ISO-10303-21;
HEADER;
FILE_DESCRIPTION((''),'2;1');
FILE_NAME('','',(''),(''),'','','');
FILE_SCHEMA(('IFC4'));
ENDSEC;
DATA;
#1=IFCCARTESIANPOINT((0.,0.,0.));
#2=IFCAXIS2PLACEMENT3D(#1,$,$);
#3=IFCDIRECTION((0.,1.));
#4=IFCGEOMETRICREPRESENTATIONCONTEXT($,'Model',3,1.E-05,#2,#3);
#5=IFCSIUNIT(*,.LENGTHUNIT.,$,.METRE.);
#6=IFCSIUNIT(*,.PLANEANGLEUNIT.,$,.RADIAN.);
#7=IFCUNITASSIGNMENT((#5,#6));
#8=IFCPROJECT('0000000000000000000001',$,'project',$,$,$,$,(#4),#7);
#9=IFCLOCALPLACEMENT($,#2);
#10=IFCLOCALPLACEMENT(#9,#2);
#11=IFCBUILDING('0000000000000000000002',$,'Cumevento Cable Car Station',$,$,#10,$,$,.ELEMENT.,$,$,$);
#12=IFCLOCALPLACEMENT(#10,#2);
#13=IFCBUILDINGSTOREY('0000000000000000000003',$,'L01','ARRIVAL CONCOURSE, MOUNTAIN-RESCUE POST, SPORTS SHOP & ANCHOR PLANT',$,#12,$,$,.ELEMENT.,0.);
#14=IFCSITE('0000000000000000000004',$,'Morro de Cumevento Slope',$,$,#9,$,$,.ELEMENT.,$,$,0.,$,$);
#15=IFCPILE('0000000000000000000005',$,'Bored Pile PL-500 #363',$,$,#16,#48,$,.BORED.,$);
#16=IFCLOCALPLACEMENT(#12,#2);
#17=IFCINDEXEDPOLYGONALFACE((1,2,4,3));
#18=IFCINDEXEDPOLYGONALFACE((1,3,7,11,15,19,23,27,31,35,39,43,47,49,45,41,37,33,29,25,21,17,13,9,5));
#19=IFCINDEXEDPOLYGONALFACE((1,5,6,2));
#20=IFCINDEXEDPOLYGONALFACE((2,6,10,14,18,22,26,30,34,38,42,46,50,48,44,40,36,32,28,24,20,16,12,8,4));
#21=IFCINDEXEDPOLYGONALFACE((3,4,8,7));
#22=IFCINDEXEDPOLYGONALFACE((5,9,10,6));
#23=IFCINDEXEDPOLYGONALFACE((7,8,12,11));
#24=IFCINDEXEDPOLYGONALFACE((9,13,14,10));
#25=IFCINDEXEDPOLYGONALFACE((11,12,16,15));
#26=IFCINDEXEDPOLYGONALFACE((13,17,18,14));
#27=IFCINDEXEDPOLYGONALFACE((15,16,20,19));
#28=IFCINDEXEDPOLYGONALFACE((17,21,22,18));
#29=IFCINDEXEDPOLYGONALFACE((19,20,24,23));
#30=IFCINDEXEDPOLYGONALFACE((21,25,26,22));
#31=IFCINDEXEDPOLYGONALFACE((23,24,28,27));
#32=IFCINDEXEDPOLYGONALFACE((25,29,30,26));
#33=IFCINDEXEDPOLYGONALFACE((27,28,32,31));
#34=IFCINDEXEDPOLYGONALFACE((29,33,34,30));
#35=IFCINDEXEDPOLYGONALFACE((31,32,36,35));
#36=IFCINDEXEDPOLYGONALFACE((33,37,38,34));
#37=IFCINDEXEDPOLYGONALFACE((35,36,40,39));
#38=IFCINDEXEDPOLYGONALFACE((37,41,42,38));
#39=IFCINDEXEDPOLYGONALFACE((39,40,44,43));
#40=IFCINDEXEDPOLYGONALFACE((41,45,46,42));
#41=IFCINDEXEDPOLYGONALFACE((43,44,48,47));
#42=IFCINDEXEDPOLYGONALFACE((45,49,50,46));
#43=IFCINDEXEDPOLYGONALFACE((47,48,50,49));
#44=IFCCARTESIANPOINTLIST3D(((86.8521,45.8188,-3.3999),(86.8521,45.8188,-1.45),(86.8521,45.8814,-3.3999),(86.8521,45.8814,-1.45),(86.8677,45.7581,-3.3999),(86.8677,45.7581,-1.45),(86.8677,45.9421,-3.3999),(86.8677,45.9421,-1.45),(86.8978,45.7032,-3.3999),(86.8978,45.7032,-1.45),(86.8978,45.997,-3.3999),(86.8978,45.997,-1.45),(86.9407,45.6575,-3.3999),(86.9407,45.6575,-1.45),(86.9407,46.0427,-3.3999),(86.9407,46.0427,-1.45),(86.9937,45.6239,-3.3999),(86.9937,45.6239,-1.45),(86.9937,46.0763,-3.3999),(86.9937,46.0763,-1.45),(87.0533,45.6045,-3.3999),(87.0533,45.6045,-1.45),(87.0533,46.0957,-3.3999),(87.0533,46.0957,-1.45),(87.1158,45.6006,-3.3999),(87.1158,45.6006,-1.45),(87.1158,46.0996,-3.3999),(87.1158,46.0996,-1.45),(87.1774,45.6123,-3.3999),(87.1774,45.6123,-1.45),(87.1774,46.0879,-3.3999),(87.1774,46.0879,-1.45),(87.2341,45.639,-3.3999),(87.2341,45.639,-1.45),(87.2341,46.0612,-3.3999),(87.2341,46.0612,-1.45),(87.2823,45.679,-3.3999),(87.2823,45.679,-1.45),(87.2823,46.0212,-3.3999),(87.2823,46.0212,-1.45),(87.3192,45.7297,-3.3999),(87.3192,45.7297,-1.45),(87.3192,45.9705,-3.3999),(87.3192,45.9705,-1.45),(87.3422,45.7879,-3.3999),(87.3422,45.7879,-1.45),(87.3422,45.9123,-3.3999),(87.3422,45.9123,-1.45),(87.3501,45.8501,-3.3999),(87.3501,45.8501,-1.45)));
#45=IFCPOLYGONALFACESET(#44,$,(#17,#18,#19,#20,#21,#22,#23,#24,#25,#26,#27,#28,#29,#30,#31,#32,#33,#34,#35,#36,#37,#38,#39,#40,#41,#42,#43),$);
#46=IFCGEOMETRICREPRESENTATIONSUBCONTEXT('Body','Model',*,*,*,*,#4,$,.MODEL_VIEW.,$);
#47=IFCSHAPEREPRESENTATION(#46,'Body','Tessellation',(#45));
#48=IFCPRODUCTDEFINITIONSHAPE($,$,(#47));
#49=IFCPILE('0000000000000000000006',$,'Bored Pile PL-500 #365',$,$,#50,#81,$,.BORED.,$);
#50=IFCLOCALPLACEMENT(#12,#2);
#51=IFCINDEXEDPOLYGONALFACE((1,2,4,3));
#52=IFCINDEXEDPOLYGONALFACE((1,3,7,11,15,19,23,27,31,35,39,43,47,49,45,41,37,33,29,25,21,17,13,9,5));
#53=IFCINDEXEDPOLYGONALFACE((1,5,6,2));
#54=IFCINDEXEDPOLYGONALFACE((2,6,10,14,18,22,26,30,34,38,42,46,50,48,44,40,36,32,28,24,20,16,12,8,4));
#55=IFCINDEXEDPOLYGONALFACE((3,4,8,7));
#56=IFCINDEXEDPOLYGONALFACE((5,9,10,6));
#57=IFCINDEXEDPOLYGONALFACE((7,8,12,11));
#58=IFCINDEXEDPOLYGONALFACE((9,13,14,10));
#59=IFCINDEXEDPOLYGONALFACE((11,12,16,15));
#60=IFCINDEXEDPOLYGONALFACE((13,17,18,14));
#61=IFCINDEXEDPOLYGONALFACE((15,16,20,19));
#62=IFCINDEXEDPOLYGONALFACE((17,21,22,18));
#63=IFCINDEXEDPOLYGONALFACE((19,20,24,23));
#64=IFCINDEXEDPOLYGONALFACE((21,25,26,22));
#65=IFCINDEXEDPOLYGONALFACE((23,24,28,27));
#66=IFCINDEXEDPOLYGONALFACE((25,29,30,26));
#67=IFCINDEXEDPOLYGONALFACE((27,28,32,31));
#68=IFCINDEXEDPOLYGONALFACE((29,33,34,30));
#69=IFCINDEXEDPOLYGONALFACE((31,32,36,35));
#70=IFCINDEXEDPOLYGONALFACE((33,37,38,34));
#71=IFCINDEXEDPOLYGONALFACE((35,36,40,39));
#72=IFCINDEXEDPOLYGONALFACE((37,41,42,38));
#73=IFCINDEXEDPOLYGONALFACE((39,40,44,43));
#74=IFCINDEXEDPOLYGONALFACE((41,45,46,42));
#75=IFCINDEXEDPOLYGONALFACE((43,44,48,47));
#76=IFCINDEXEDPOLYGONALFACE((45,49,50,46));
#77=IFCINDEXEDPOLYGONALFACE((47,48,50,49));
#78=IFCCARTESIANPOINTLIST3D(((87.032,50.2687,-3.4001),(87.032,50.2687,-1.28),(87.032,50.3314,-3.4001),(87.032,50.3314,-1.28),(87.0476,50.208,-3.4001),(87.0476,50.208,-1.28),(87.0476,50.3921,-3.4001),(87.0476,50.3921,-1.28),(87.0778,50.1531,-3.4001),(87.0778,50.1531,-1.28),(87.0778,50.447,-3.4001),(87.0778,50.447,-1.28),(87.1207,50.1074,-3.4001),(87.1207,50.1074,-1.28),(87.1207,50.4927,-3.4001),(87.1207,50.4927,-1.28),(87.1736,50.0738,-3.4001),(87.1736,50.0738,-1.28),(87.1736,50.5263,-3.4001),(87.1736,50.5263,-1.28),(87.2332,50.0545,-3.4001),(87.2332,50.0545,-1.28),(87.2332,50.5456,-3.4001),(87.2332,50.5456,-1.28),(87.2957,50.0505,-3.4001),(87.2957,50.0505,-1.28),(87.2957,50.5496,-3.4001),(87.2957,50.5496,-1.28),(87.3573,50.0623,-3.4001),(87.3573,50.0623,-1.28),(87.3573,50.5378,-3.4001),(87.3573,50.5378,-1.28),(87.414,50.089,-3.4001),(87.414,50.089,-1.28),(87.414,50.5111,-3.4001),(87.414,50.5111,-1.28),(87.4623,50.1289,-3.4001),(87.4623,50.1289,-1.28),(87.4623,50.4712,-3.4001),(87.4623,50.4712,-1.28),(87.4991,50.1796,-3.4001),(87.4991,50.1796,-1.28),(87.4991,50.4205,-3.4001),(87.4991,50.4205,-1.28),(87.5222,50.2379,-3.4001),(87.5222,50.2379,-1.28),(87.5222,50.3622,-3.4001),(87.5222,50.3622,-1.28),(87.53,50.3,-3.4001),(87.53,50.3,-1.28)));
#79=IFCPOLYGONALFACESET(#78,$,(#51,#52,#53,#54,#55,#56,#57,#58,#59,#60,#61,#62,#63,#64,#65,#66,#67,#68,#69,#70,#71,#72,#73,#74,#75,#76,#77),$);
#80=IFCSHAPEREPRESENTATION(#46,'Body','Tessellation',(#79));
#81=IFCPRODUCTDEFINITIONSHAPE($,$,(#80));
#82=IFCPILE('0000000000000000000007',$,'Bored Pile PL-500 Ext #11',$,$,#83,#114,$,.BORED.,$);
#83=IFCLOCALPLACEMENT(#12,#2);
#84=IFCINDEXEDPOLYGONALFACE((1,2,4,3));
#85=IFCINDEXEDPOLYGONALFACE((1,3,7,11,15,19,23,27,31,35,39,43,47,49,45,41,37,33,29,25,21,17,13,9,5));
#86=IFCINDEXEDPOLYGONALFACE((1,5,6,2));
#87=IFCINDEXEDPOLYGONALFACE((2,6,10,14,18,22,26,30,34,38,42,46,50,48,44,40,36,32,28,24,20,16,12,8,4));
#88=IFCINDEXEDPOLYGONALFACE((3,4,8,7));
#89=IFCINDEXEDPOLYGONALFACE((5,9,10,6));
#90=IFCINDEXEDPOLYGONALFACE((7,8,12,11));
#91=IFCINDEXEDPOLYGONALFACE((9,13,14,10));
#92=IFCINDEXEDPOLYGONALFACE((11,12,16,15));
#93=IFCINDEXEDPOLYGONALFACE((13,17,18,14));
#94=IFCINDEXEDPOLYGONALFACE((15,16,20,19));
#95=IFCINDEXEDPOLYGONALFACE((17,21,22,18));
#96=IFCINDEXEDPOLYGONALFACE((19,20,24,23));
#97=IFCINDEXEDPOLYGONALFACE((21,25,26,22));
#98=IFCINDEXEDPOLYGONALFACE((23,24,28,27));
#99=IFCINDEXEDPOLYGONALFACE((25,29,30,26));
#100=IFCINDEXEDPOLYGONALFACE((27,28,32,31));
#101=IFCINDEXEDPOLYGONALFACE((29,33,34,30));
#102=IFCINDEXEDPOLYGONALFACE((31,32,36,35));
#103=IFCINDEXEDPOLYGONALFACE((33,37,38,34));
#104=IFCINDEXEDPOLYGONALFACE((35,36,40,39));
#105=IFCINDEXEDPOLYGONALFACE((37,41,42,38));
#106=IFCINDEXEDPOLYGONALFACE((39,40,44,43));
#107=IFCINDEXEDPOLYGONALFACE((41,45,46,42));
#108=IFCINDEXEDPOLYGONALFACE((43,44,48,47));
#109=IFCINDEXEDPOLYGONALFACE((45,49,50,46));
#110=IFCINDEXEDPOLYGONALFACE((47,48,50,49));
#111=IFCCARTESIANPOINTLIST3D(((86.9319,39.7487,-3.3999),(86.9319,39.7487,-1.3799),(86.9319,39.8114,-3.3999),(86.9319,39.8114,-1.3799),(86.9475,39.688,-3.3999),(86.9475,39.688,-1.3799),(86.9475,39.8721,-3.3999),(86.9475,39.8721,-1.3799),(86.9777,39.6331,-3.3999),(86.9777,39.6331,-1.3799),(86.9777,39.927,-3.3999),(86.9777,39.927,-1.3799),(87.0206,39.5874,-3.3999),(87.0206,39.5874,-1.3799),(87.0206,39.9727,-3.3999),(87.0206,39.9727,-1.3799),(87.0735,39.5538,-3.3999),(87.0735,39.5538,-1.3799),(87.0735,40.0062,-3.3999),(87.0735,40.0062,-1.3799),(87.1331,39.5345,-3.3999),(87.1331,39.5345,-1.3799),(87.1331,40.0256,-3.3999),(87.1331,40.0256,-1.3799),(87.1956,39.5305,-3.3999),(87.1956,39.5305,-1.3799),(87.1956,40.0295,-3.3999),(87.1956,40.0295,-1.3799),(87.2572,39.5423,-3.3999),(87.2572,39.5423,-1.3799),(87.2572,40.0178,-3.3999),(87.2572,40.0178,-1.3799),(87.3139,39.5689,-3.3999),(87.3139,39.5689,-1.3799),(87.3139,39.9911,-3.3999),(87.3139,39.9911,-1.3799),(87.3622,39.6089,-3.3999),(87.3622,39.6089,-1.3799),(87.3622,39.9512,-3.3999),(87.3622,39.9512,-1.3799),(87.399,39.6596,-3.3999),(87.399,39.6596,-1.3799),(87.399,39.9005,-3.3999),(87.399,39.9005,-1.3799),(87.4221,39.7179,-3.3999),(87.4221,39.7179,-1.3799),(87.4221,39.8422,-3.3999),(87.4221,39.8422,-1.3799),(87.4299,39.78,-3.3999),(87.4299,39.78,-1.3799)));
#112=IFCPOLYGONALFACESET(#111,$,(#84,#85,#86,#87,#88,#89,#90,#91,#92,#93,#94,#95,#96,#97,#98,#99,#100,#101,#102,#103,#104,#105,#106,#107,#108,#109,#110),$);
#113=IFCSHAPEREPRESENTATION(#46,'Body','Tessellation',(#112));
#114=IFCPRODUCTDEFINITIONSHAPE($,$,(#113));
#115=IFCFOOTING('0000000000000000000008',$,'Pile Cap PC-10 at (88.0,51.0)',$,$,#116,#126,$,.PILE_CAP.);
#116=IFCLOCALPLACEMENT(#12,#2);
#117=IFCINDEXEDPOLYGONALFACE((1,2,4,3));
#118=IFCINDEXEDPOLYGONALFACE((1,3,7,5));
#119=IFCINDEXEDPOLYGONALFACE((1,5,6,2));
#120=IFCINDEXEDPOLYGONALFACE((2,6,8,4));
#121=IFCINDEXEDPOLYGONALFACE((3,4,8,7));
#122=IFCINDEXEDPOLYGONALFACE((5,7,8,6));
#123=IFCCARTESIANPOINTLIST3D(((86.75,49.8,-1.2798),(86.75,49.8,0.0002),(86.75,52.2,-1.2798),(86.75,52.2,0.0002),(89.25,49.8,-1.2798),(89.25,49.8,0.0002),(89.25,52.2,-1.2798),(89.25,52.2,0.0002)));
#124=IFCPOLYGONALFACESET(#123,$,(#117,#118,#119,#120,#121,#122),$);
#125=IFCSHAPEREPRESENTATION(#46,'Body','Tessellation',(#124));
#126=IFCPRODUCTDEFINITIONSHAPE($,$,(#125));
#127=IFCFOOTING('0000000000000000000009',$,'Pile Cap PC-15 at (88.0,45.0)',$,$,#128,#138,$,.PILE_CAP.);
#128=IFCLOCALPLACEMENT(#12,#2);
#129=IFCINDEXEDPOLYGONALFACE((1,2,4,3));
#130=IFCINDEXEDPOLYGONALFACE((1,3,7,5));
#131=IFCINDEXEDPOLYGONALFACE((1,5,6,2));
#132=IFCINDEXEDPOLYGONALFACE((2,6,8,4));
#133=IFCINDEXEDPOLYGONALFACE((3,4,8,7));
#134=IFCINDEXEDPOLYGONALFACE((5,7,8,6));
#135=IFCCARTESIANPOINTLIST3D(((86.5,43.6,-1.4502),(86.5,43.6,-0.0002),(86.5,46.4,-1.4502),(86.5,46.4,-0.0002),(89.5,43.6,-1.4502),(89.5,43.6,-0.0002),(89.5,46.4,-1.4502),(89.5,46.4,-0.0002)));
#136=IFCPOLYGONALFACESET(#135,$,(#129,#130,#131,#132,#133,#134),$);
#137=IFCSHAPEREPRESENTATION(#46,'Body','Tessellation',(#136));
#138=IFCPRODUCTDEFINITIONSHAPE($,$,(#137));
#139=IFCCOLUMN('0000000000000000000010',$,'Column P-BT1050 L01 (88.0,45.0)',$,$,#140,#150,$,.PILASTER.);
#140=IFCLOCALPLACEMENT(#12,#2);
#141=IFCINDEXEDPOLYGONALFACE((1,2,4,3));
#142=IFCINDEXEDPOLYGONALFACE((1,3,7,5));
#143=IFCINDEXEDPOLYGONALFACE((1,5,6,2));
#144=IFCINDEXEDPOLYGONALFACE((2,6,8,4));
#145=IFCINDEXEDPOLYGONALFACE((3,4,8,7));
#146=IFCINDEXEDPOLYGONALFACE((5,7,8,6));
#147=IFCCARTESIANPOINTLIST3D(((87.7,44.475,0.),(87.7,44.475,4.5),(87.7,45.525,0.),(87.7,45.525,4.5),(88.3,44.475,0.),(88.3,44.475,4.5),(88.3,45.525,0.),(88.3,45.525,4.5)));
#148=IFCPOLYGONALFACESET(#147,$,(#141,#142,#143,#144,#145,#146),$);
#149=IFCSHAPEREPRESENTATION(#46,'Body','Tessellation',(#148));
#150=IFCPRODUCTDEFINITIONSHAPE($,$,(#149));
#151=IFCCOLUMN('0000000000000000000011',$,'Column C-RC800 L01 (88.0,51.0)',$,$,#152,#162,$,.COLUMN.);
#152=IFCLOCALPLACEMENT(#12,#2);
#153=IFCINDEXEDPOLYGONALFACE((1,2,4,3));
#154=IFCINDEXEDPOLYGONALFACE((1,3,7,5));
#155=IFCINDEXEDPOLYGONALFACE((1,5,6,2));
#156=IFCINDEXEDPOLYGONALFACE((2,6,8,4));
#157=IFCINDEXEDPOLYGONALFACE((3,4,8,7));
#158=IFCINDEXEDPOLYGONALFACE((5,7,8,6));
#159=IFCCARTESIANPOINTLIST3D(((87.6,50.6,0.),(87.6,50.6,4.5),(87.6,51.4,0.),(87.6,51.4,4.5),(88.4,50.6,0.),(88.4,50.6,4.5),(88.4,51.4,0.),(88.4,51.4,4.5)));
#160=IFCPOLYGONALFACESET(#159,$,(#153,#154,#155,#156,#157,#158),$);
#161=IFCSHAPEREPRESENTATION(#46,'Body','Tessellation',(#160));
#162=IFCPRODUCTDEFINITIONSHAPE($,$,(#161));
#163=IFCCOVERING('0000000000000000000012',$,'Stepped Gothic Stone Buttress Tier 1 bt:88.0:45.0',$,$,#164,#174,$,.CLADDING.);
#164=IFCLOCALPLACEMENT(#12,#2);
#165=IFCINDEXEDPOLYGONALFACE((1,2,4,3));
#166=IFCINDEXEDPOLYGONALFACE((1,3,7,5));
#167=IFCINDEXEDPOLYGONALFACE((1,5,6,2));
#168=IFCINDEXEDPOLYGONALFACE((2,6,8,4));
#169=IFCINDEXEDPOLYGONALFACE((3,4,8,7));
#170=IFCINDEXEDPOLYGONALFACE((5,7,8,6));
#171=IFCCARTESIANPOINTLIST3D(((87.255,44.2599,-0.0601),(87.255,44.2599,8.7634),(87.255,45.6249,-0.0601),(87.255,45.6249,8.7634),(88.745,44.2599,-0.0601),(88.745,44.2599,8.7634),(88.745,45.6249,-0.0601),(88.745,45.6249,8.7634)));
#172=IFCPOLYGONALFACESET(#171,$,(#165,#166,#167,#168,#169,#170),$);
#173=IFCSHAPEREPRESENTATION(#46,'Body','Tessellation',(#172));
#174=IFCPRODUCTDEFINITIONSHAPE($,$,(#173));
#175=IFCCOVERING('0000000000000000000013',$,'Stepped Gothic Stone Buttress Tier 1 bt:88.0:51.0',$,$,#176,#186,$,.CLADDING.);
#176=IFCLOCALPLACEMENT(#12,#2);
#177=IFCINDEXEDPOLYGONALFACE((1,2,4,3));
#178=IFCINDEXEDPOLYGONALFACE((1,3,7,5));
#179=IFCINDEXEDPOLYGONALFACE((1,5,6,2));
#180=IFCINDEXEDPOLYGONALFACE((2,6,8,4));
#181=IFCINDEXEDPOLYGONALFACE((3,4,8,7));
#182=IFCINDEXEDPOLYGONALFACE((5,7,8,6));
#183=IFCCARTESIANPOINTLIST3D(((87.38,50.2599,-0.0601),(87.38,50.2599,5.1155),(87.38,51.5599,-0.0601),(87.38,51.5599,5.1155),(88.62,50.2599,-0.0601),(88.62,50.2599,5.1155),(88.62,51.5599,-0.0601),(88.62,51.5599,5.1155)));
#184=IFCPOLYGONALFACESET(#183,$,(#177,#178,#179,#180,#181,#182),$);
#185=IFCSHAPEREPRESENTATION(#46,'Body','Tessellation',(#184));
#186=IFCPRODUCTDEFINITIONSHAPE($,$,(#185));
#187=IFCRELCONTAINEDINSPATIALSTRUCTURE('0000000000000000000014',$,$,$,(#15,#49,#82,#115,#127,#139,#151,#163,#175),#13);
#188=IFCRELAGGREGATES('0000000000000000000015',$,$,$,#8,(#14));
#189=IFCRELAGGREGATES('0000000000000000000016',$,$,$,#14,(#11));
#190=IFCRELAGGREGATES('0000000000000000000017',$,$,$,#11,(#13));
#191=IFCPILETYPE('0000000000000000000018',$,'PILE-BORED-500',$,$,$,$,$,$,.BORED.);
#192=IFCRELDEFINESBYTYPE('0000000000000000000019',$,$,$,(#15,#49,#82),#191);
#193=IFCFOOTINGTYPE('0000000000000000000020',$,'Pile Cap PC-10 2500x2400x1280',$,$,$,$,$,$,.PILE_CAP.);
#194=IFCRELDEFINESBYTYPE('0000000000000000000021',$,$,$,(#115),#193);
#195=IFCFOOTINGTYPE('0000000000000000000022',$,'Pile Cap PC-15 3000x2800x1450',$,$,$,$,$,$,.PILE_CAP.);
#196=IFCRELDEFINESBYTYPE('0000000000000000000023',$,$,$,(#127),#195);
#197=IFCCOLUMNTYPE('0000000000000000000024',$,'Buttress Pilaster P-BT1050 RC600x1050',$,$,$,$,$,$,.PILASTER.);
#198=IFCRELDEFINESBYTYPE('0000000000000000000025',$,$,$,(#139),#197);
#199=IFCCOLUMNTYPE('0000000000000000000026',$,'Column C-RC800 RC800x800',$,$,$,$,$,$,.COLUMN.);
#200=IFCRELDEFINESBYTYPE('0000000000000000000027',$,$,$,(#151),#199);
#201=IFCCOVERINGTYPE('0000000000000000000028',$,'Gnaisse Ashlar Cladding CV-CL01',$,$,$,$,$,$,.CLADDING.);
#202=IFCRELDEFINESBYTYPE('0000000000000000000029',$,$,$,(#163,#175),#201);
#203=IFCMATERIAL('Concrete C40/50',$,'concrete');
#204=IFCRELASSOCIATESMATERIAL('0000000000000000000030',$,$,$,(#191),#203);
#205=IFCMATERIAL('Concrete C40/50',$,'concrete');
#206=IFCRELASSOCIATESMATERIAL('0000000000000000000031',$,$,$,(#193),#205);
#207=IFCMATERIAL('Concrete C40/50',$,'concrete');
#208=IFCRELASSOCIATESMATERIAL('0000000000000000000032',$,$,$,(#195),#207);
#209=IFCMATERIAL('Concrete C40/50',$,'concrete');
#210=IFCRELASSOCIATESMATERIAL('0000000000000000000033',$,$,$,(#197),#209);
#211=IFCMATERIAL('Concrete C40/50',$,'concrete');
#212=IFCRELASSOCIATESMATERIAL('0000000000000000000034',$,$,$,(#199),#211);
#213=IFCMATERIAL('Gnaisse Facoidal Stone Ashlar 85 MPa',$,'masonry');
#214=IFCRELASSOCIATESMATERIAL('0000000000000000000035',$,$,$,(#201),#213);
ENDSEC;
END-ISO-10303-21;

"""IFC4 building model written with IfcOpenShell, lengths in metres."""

from ifc_helpers import new_model, si_unit, direction, frame, origin, origin_2d, place, context, subcontext, project, spatial, rectangle, circle, extrude, material, material_profile, profile_set, type_object, element, save


model = new_model("IFC4")

# Units and contexts
model_context = context("Model", 3, precision=1e-05, world=origin(), true_north=direction((0.0, 1.0)))
body_context = subcontext(model_context, "Body", "Model", "MODEL_VIEW")
ifc_project = project(units=[si_unit("LENGTHUNIT", "METRE"), si_unit("PLANEANGLEUNIT", "RADIAN")], contexts=[model_context])

# Site, building, storey
site_placement = place(None, origin())
site = spatial("IfcSite", under=ifc_project, at=site_placement, Name="Morro de Cumevento Slope", CompositionType="ELEMENT", RefElevation=0.0)
building_placement = place(site_placement, origin())
building = spatial("IfcBuilding", under=site, at=building_placement, Name="Cumevento Cable Car Station", CompositionType="ELEMENT")
storey_placement = place(building_placement, origin())
storey = spatial("IfcBuildingStorey", under=building, at=storey_placement, Name="L01", Description="ARRIVAL CONCOURSE, MOUNTAIN-RESCUE POST, SPORTS SHOP & ANCHOR PLANT", CompositionType="ELEMENT", Elevation=0.0)

# Piles
ifc_material_1 = material(Name="Concrete C40/50", Category="concrete")
ifc_material_profile_1 = material_profile(ifc_material_1, circle(Radius=0.25, at=origin_2d()), Name="PILE-D500")
ifc_profile_set_1 = profile_set([ifc_material_profile_1], Name="Concrete C40/50")
pile_type_1 = type_object("IfcPileType", Name="PILE-BORED-500", PredefinedType="BORED", material=ifc_profile_set_1)
for number, where, z_axis, x_axis, name in (
    (1, (87.1001, 45.8501, -1.45), (0.0, 0.0, -1.0), (1.0, 0.0, 0.0), "Bored Pile PL-500 #363"),
):
    element("IfcPile", number, at=place(storey_placement, frame(where, z_axis=z_axis, x_axis=x_axis)), inside=storey, type_object=pile_type_1, Name=name, PredefinedType="BORED", context=body_context, shape_type="SweptSolid", body=[
        extrude(circle(Radius=0.25, at=origin_2d()), origin(), (0.0, 0.0, 1.0), 1.95),
    ])
pile_1_placement = place(storey_placement, frame((87.28, 50.3, -1.28), z_axis=(0.0, 0.0, -1.0), x_axis=(1.0, 0.0, 0.0)))
element("IfcPile", 2, at=pile_1_placement, inside=storey, type_object=pile_type_1, Name="Bored Pile PL-500 #365", PredefinedType="BORED", context=body_context, shape_type="SweptSolid", body=[
    extrude(circle(Radius=0.25, at=origin_2d()), origin(), (0.0, 0.0, 1.0), 2.1201),
])
pile_2_placement = place(storey_placement, frame((87.1799, 39.78, -1.3799), z_axis=(0.0, 0.0, -1.0), x_axis=(1.0, 0.0, 0.0)))
element("IfcPile", 3, at=pile_2_placement, inside=storey, type_object=pile_type_1, Name="Bored Pile PL-500 Ext #11", PredefinedType="BORED", context=body_context, shape_type="SweptSolid", body=[
    extrude(circle(Radius=0.25, at=origin_2d()), origin(), (0.0, 0.0, 1.0), 2.02),
])

# Footings
ifc_material_2 = material(Name="Concrete C40/50", Category="concrete")
footing_type_1 = type_object("IfcFootingType", Name="Pile Cap PC-10 2500x2400x1280", PredefinedType="PILE_CAP", material=ifc_material_2)
footing_1_placement = place(storey_placement, frame((88.0, 51.0, -1.2798), z_axis=(0.0, 0.0, 1.0), x_axis=(1.0, 0.0, 0.0)))
element("IfcFooting", 4, at=footing_1_placement, inside=storey, type_object=footing_type_1, Name="Pile Cap PC-10 at (88.0,51.0)", PredefinedType="PILE_CAP", context=body_context, shape_type="SweptSolid", body=[
    extrude(rectangle(XDim=2.5, YDim=2.3999, at=origin_2d()), origin(), (0.0, 0.0, 1.0), 1.28),
])
ifc_material_3 = material(Name="Concrete C40/50", Category="concrete")
footing_type_2 = type_object("IfcFootingType", Name="Pile Cap PC-15 3000x2800x1450", PredefinedType="PILE_CAP", material=ifc_material_3)
footing_2_placement = place(storey_placement, frame((88.0, 45.0, -1.4502), z_axis=(0.0, 0.0, 1.0), x_axis=(1.0, 0.0, 0.0)))
element("IfcFooting", 5, at=footing_2_placement, inside=storey, type_object=footing_type_2, Name="Pile Cap PC-15 at (88.0,45.0)", PredefinedType="PILE_CAP", context=body_context, shape_type="SweptSolid", body=[
    extrude(rectangle(XDim=3.0, YDim=2.8, at=origin_2d()), origin(), (0.0, 0.0, 1.0), 1.45),
])

# Columns
ifc_material_4 = material(Name="Concrete C40/50", Category="concrete")
ifc_material_profile_2 = material_profile(ifc_material_4, rectangle(XDim=0.6001, YDim=1.05, at=origin_2d()), Name="RC600x1050")
ifc_profile_set_2 = profile_set([ifc_material_profile_2], Name="Concrete C40/50")
column_type_1 = type_object("IfcColumnType", Name="Buttress Pilaster P-BT1050 RC600x1050", PredefinedType="PILASTER", material=ifc_profile_set_2)
column_1_placement = place(storey_placement, frame((88.0, 45.0, 0.0), z_axis=(0.0, 0.0, 1.0), x_axis=(1.0, 0.0, 0.0)))
element("IfcColumn", 6, at=column_1_placement, inside=storey, type_object=column_type_1, Name="Column P-BT1050 L01 (88.0,45.0)", PredefinedType="PILASTER", context=body_context, shape_type="SweptSolid", body=[
    extrude(rectangle(XDim=0.6001, YDim=1.05, at=origin_2d()), origin(), (0.0, 0.0, 1.0), 4.5),
])
ifc_material_5 = material(Name="Concrete C40/50", Category="concrete")
ifc_material_profile_3 = material_profile(ifc_material_5, rectangle(XDim=0.8, YDim=0.8, at=origin_2d()), Name="RC800x800")
ifc_profile_set_3 = profile_set([ifc_material_profile_3], Name="Concrete C40/50")
column_type_2 = type_object("IfcColumnType", Name="Column C-RC800 RC800x800", PredefinedType="COLUMN", material=ifc_profile_set_3)
column_2_placement = place(storey_placement, frame((88.0, 51.0, 0.0), z_axis=(0.0, 0.0, 1.0), x_axis=(1.0, 0.0, 0.0)))
element("IfcColumn", 7, at=column_2_placement, inside=storey, type_object=column_type_2, Name="Column C-RC800 L01 (88.0,51.0)", PredefinedType="COLUMN", context=body_context, shape_type="SweptSolid", body=[
    extrude(rectangle(XDim=0.8, YDim=0.8, at=origin_2d()), origin(), (0.0, 0.0, 1.0), 4.5),
])

# Coverings
ifc_material_6 = material(Name="Gnaisse Facoidal Stone Ashlar 85 MPa", Category="masonry")
covering_type = type_object("IfcCoveringType", Name="Gnaisse Ashlar Cladding CV-CL01", PredefinedType="CLADDING", material=ifc_material_6)
covering_1_placement = place(storey_placement, frame((88.0, 44.9424, -0.0601), z_axis=(0.0, 0.0, 1.0), x_axis=(1.0, 0.0, 0.0)))
element("IfcCovering", 8, at=covering_1_placement, inside=storey, type_object=covering_type, Name="Stepped Gothic Stone Buttress Tier 1 bt:88.0:45.0", PredefinedType="CLADDING", context=body_context, shape_type="SweptSolid", body=[
    extrude(rectangle(XDim=1.49, YDim=1.365, at=origin_2d()), origin(), (0.0, 0.0, 1.0), 8.8235),
])
covering_2_placement = place(storey_placement, frame((88.0, 50.9099, -0.0601), z_axis=(0.0, 0.0, 1.0), x_axis=(1.0, 0.0, 0.0)))
element("IfcCovering", 9, at=covering_2_placement, inside=storey, type_object=covering_type, Name="Stepped Gothic Stone Buttress Tier 1 bt:88.0:51.0", PredefinedType="CLADDING", context=body_context, shape_type="SweptSolid", body=[
    extrude(rectangle(XDim=1.24, YDim=1.3, at=origin_2d()), origin(), (0.0, 0.0, 1.0), 5.1755),
])

save(model, "model.ifc")
